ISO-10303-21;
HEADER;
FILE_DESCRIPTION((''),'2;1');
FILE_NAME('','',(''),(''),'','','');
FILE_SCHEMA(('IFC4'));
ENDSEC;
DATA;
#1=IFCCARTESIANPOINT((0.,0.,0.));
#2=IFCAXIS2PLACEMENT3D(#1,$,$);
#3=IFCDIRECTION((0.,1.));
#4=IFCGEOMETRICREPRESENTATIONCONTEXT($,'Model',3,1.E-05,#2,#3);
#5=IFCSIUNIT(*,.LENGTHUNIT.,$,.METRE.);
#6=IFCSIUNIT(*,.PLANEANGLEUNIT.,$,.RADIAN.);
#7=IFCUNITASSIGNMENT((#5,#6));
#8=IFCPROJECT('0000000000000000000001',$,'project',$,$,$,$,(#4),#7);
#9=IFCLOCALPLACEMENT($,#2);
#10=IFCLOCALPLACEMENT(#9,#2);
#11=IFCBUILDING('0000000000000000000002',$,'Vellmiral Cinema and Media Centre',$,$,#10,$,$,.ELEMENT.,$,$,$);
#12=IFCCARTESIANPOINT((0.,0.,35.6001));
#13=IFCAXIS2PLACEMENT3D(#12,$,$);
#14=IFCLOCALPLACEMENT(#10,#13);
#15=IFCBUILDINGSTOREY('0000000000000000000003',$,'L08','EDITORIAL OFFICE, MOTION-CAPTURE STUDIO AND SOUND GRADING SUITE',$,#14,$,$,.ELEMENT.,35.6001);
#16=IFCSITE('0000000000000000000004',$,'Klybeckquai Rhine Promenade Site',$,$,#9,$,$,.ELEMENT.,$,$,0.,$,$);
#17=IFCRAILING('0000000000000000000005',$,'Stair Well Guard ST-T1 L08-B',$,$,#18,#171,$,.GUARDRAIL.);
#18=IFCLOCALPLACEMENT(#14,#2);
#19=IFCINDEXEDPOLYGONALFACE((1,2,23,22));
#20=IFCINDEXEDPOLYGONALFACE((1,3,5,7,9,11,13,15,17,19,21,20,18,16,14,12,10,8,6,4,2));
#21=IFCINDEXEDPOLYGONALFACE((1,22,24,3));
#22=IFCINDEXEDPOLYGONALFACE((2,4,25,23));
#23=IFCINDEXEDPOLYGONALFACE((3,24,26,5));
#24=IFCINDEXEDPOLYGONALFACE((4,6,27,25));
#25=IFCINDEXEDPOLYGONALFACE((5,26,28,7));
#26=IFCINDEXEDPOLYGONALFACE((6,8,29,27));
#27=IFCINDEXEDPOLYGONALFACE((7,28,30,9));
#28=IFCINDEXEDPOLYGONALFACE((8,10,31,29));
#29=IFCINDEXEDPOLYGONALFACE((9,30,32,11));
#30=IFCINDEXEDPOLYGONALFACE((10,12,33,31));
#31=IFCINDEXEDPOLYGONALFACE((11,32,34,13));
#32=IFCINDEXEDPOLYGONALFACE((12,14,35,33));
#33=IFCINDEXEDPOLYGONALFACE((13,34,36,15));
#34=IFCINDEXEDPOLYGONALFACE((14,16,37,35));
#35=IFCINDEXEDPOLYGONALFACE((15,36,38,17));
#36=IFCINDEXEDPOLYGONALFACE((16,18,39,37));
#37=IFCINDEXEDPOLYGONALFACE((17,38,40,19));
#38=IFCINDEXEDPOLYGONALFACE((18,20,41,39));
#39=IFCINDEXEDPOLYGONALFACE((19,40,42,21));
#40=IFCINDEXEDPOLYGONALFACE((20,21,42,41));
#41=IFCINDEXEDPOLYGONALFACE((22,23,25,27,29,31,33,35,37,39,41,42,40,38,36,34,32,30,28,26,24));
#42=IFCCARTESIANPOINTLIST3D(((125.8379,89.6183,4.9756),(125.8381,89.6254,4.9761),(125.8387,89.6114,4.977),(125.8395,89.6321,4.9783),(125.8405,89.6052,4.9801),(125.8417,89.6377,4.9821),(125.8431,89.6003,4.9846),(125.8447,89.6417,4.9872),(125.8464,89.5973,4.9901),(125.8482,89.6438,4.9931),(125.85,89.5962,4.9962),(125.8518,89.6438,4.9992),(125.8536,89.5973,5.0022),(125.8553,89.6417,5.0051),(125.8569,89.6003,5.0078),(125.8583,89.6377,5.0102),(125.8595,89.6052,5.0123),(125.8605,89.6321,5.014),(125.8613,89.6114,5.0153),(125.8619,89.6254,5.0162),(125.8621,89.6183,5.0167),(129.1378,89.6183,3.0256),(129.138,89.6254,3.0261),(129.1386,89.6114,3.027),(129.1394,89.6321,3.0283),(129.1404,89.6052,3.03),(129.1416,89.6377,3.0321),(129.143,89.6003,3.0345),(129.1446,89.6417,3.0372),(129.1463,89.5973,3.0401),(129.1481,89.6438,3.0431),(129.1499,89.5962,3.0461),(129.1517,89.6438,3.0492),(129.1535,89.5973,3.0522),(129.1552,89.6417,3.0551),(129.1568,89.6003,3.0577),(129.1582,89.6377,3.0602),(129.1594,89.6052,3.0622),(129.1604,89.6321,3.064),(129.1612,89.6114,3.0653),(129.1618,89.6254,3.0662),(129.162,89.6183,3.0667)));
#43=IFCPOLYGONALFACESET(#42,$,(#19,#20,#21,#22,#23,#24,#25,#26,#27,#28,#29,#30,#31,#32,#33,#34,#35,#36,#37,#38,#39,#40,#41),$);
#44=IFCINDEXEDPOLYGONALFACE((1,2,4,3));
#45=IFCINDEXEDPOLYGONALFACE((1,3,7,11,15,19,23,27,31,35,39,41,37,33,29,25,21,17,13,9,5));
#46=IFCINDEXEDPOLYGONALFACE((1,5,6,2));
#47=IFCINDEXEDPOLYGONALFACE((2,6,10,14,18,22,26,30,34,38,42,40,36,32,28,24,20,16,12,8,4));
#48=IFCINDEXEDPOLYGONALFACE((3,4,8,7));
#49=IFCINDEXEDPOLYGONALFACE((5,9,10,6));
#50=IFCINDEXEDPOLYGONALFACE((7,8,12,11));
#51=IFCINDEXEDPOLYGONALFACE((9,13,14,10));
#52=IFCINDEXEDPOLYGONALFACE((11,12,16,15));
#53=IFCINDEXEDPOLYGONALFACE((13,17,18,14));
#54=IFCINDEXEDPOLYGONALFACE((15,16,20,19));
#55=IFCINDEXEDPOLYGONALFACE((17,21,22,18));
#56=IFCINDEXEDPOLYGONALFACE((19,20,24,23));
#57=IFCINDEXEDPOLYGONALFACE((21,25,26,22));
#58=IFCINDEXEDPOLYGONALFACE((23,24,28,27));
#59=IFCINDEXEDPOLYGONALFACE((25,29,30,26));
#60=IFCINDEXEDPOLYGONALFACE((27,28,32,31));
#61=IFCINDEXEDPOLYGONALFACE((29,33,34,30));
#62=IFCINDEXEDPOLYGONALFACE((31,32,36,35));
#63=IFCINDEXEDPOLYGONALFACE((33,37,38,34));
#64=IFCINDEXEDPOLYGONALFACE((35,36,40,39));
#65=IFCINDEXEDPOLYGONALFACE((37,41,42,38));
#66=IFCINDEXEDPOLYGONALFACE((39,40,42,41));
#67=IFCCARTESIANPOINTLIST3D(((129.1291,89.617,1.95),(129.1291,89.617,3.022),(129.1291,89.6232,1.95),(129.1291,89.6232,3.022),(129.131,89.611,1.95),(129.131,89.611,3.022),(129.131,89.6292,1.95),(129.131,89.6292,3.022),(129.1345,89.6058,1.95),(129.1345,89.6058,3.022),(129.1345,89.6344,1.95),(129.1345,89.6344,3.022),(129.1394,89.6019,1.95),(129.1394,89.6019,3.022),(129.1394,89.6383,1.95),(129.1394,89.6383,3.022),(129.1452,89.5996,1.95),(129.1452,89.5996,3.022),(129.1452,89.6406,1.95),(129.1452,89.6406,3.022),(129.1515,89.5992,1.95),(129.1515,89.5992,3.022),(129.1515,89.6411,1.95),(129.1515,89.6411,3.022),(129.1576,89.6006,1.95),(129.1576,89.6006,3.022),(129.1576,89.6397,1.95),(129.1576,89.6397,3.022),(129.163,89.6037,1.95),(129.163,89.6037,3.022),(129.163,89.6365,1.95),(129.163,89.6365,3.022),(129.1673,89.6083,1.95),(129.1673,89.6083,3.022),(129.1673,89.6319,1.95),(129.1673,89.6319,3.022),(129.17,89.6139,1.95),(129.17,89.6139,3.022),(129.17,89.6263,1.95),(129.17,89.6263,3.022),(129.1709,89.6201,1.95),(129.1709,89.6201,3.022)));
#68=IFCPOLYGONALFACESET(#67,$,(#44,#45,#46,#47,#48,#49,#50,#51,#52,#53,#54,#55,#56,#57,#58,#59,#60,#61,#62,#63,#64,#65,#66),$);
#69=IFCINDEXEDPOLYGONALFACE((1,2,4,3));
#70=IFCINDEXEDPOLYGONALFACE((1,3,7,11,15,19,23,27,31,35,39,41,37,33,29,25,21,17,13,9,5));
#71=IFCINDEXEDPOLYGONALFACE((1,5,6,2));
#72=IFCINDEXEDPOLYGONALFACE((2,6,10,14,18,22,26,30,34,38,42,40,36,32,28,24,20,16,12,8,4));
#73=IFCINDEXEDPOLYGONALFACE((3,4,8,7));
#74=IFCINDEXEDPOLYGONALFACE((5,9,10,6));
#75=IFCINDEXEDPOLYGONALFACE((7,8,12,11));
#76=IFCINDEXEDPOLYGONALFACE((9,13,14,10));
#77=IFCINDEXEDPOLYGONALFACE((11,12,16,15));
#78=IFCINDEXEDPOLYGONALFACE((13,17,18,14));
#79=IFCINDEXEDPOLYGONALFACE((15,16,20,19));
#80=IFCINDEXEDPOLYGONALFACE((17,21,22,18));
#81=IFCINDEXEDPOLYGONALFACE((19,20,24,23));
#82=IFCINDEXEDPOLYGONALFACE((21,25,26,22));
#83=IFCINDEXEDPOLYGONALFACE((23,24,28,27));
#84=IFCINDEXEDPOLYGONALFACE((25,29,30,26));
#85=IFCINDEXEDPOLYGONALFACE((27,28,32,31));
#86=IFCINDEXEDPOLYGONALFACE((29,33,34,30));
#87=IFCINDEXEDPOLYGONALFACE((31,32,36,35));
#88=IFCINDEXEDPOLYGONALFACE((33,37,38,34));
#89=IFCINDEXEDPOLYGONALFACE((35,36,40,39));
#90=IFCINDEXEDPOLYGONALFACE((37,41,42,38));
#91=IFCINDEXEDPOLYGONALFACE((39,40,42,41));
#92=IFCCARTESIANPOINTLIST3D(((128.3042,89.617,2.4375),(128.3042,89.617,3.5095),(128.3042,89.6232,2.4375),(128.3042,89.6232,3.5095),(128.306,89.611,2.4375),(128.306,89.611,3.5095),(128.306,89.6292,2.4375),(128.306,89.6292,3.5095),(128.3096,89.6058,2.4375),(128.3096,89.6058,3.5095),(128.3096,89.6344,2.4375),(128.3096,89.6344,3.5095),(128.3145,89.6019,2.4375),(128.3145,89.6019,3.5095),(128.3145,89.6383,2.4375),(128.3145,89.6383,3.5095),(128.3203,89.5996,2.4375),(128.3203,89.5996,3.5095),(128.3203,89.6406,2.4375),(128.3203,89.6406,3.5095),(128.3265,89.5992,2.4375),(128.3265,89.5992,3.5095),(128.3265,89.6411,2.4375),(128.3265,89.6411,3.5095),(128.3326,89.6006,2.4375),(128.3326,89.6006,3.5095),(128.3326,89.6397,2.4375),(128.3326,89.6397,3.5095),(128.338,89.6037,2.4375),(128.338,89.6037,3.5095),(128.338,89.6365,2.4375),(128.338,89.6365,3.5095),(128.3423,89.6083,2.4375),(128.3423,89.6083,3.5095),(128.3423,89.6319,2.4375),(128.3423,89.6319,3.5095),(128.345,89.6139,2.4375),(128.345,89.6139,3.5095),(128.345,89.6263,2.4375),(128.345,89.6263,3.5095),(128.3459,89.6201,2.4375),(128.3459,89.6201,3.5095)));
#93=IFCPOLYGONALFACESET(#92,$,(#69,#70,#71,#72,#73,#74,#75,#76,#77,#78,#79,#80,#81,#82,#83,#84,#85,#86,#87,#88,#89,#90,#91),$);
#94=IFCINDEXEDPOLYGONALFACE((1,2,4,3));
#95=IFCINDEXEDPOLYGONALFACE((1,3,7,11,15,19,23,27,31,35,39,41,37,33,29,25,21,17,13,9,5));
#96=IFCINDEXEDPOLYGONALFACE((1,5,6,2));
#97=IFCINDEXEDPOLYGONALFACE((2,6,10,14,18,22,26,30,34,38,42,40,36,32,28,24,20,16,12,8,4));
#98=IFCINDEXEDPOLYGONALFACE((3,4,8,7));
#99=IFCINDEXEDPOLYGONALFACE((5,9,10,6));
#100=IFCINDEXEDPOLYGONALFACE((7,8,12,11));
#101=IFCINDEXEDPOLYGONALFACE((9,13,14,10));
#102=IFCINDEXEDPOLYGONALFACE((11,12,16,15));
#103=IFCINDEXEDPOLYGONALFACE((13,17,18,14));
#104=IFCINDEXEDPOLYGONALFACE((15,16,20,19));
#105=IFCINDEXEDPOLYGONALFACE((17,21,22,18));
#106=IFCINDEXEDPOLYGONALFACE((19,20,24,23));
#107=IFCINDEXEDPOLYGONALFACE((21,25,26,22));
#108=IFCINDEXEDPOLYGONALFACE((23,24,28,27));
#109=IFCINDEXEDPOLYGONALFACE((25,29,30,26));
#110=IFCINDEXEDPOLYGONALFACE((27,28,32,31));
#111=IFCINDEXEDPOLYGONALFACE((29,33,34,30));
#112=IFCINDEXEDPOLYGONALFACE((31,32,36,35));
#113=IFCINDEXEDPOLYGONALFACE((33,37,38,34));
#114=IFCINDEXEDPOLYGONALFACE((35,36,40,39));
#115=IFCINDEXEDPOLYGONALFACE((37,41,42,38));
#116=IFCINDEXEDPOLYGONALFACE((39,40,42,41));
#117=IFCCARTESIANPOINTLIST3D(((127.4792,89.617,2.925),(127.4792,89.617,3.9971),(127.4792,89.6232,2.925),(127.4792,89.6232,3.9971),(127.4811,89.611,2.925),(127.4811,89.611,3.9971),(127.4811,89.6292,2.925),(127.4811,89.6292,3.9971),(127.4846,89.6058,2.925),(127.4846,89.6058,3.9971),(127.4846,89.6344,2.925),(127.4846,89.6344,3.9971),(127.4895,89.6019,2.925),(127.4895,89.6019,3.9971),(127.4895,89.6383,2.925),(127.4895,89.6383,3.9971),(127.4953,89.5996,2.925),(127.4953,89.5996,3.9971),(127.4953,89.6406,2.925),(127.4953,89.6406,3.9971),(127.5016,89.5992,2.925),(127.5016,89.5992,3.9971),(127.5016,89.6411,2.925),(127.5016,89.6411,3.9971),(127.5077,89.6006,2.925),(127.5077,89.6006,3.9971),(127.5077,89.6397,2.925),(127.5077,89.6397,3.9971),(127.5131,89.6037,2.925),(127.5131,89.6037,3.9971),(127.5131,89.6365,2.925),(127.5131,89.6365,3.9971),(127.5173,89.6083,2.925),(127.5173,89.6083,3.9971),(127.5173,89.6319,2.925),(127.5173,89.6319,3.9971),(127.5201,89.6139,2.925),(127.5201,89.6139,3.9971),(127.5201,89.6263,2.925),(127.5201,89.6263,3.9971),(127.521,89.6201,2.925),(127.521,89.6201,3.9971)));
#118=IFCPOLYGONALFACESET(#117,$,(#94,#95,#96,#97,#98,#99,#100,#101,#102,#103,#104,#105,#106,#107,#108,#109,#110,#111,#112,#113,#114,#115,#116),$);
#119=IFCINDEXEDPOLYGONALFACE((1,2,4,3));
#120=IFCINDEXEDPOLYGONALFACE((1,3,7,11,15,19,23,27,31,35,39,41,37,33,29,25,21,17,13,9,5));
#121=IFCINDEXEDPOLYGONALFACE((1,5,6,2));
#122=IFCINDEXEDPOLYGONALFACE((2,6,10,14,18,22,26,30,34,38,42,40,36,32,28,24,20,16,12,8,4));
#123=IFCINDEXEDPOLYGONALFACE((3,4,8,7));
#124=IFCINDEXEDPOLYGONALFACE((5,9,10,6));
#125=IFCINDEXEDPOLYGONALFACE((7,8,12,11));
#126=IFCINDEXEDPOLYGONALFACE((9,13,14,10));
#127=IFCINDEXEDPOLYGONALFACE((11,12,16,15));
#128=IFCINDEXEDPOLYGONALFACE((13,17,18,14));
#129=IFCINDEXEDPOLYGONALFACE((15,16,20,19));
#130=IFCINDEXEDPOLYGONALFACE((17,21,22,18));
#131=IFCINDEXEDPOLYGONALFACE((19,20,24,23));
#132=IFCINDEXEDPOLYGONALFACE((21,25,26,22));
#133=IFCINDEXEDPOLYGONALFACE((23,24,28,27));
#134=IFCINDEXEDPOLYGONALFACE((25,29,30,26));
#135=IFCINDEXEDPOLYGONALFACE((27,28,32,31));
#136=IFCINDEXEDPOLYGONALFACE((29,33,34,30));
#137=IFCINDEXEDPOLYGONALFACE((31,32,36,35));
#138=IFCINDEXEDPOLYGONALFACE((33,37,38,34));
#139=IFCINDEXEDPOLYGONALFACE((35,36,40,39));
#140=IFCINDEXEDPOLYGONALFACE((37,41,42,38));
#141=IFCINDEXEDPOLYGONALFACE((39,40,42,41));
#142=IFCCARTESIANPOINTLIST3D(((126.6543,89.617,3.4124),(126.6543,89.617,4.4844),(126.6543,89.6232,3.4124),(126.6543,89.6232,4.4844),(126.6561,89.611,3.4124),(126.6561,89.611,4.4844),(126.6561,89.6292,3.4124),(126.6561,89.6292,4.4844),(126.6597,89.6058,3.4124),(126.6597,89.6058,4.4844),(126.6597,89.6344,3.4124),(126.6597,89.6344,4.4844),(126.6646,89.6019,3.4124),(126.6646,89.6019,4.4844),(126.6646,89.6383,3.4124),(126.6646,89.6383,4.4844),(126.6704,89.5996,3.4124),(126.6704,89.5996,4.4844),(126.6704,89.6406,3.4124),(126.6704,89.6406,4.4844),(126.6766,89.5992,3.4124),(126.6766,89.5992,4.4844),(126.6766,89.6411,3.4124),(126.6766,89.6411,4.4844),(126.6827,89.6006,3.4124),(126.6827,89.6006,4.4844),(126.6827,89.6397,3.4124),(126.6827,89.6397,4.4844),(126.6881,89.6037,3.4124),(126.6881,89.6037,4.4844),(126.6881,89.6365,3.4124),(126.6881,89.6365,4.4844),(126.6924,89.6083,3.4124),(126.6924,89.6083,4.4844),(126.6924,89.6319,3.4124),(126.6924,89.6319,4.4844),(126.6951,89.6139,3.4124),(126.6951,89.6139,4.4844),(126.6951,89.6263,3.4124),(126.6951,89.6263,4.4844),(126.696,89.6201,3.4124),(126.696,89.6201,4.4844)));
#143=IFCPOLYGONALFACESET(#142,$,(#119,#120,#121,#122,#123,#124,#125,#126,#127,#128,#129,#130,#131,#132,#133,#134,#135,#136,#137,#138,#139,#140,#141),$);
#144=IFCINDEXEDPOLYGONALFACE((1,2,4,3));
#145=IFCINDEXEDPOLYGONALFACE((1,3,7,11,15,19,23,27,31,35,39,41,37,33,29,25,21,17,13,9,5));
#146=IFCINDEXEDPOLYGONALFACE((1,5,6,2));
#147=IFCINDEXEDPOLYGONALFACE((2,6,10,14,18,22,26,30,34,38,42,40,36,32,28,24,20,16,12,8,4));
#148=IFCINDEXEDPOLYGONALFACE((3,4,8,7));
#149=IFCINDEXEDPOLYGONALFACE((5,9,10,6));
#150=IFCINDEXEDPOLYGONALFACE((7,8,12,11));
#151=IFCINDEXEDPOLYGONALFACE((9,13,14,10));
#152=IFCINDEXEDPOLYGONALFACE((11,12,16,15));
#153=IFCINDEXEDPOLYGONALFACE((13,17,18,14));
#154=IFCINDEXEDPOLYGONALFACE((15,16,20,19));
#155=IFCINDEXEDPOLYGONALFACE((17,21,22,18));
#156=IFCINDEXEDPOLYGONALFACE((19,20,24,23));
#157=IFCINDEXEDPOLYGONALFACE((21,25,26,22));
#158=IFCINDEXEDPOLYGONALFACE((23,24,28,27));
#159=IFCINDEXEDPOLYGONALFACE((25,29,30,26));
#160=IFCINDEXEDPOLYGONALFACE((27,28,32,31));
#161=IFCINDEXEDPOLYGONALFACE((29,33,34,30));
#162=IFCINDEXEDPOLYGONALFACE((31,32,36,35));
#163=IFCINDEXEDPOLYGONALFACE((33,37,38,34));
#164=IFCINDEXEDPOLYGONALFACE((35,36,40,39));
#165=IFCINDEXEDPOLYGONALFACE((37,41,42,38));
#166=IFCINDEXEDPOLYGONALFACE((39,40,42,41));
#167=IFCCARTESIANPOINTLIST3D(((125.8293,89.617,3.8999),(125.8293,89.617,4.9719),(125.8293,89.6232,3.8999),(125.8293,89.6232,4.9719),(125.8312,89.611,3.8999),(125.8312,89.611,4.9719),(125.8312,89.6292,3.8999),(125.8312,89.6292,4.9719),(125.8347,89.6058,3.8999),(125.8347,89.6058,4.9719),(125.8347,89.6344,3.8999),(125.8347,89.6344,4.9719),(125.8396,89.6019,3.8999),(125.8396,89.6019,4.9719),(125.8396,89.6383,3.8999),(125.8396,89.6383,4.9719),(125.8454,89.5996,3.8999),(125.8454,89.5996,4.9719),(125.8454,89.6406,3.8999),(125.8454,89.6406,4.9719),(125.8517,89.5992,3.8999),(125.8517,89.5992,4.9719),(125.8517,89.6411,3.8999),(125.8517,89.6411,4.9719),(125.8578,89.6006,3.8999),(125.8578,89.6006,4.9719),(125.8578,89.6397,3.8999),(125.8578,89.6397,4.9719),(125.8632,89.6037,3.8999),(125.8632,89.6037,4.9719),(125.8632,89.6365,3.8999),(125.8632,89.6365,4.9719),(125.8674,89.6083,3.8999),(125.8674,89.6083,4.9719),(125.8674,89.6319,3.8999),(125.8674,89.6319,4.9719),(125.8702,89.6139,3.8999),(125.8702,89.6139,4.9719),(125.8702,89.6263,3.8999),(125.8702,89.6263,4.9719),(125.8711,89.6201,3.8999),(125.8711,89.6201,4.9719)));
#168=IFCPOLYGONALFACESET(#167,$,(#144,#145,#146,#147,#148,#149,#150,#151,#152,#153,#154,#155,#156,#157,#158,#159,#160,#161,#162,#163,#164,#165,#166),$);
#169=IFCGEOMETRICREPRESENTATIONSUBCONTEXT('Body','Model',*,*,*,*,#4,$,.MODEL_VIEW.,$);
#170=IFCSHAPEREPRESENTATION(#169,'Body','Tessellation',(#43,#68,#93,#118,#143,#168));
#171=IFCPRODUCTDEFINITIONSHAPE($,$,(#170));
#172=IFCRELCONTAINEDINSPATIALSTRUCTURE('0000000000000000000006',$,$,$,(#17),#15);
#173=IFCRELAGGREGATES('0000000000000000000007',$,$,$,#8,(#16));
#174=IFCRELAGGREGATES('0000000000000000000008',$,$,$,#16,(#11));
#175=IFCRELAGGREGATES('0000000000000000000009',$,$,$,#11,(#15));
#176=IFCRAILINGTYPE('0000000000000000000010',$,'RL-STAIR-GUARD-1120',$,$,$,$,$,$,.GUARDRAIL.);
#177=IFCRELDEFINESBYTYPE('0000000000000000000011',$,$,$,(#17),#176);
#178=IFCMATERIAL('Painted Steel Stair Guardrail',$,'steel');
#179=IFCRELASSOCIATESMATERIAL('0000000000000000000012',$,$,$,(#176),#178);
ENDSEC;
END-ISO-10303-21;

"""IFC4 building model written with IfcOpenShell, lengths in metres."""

from ifc_helpers import new_model, si_unit, direction, frame, origin, origin_2d, place, context, subcontext, project, spatial, circle, extrude, material, type_object, element, save


model = new_model("IFC4")

# Units and contexts
model_context = context("Model", 3, precision=1e-05, world=origin(), true_north=direction((0.0, 1.0)))
body_context = subcontext(model_context, "Body", "Model", "MODEL_VIEW")
ifc_project = project(units=[si_unit("LENGTHUNIT", "METRE"), si_unit("PLANEANGLEUNIT", "RADIAN")], contexts=[model_context])

# Site, building, storey
site_placement = place(None, origin())
site = spatial("IfcSite", under=ifc_project, at=site_placement, Name="Klybeckquai Rhine Promenade Site", CompositionType="ELEMENT", RefElevation=0.0)
building_placement = place(site_placement, origin())
building = spatial("IfcBuilding", under=site, at=building_placement, Name="Vellmiral Cinema and Media Centre", CompositionType="ELEMENT")
storey_placement = place(building_placement, frame((0.0, 0.0, 35.6001)))
storey = spatial("IfcBuildingStorey", under=building, at=storey_placement, Name="L08", Description="EDITORIAL OFFICE, MOTION-CAPTURE STUDIO AND SOUND GRADING SUITE", CompositionType="ELEMENT", Elevation=35.6001)

# Railing
ifc_material_1 = material(Name="Painted Steel Stair Guardrail", Category="steel")
railing_type_1 = type_object("IfcRailingType", Name="RL-STAIR-GUARD-1120", PredefinedType="GUARDRAIL", material=ifc_material_1)
railing_1_placement = place(storey_placement, frame((129.1499, 89.6201, 1.95)))
element("IfcRailing", 1, at=railing_1_placement, inside=storey, type_object=railing_type_1, Name="Stair Well Guard ST-T1 L08-B", PredefinedType="GUARDRAIL", context=body_context, shape_type="SweptSolid", body=[
    extrude(circle(Radius=0.0239, at=origin_2d()), frame((0.0, 0.0, 1.0962), z_axis=(-0.860919, 0.0, 0.508742), x_axis=(0.0, -1.0, 0.0)), (0.0, 0.0, 1.0), 3.833),
    extrude(circle(Radius=0.021, at=origin_2d()), origin(), (0.0, 0.0, 1.0), 1.072),
    extrude(circle(Radius=0.021, at=origin_2d()), frame((-0.825, 0.0, 0.4875)), (0.0, 0.0, 1.0), 1.072),
    extrude(circle(Radius=0.021, at=origin_2d()), frame((-1.6499, 0.0, 0.9751)), (0.0, 0.0, 1.0), 1.072),
    extrude(circle(Radius=0.021, at=origin_2d()), frame((-2.4749, 0.0, 1.4624)), (0.0, 0.0, 1.0), 1.072),
    extrude(circle(Radius=0.021, at=origin_2d()), frame((-3.2998, 0.0, 1.95)), (0.0, 0.0, 1.0), 1.072),
])

save(model, "model.ifc")
